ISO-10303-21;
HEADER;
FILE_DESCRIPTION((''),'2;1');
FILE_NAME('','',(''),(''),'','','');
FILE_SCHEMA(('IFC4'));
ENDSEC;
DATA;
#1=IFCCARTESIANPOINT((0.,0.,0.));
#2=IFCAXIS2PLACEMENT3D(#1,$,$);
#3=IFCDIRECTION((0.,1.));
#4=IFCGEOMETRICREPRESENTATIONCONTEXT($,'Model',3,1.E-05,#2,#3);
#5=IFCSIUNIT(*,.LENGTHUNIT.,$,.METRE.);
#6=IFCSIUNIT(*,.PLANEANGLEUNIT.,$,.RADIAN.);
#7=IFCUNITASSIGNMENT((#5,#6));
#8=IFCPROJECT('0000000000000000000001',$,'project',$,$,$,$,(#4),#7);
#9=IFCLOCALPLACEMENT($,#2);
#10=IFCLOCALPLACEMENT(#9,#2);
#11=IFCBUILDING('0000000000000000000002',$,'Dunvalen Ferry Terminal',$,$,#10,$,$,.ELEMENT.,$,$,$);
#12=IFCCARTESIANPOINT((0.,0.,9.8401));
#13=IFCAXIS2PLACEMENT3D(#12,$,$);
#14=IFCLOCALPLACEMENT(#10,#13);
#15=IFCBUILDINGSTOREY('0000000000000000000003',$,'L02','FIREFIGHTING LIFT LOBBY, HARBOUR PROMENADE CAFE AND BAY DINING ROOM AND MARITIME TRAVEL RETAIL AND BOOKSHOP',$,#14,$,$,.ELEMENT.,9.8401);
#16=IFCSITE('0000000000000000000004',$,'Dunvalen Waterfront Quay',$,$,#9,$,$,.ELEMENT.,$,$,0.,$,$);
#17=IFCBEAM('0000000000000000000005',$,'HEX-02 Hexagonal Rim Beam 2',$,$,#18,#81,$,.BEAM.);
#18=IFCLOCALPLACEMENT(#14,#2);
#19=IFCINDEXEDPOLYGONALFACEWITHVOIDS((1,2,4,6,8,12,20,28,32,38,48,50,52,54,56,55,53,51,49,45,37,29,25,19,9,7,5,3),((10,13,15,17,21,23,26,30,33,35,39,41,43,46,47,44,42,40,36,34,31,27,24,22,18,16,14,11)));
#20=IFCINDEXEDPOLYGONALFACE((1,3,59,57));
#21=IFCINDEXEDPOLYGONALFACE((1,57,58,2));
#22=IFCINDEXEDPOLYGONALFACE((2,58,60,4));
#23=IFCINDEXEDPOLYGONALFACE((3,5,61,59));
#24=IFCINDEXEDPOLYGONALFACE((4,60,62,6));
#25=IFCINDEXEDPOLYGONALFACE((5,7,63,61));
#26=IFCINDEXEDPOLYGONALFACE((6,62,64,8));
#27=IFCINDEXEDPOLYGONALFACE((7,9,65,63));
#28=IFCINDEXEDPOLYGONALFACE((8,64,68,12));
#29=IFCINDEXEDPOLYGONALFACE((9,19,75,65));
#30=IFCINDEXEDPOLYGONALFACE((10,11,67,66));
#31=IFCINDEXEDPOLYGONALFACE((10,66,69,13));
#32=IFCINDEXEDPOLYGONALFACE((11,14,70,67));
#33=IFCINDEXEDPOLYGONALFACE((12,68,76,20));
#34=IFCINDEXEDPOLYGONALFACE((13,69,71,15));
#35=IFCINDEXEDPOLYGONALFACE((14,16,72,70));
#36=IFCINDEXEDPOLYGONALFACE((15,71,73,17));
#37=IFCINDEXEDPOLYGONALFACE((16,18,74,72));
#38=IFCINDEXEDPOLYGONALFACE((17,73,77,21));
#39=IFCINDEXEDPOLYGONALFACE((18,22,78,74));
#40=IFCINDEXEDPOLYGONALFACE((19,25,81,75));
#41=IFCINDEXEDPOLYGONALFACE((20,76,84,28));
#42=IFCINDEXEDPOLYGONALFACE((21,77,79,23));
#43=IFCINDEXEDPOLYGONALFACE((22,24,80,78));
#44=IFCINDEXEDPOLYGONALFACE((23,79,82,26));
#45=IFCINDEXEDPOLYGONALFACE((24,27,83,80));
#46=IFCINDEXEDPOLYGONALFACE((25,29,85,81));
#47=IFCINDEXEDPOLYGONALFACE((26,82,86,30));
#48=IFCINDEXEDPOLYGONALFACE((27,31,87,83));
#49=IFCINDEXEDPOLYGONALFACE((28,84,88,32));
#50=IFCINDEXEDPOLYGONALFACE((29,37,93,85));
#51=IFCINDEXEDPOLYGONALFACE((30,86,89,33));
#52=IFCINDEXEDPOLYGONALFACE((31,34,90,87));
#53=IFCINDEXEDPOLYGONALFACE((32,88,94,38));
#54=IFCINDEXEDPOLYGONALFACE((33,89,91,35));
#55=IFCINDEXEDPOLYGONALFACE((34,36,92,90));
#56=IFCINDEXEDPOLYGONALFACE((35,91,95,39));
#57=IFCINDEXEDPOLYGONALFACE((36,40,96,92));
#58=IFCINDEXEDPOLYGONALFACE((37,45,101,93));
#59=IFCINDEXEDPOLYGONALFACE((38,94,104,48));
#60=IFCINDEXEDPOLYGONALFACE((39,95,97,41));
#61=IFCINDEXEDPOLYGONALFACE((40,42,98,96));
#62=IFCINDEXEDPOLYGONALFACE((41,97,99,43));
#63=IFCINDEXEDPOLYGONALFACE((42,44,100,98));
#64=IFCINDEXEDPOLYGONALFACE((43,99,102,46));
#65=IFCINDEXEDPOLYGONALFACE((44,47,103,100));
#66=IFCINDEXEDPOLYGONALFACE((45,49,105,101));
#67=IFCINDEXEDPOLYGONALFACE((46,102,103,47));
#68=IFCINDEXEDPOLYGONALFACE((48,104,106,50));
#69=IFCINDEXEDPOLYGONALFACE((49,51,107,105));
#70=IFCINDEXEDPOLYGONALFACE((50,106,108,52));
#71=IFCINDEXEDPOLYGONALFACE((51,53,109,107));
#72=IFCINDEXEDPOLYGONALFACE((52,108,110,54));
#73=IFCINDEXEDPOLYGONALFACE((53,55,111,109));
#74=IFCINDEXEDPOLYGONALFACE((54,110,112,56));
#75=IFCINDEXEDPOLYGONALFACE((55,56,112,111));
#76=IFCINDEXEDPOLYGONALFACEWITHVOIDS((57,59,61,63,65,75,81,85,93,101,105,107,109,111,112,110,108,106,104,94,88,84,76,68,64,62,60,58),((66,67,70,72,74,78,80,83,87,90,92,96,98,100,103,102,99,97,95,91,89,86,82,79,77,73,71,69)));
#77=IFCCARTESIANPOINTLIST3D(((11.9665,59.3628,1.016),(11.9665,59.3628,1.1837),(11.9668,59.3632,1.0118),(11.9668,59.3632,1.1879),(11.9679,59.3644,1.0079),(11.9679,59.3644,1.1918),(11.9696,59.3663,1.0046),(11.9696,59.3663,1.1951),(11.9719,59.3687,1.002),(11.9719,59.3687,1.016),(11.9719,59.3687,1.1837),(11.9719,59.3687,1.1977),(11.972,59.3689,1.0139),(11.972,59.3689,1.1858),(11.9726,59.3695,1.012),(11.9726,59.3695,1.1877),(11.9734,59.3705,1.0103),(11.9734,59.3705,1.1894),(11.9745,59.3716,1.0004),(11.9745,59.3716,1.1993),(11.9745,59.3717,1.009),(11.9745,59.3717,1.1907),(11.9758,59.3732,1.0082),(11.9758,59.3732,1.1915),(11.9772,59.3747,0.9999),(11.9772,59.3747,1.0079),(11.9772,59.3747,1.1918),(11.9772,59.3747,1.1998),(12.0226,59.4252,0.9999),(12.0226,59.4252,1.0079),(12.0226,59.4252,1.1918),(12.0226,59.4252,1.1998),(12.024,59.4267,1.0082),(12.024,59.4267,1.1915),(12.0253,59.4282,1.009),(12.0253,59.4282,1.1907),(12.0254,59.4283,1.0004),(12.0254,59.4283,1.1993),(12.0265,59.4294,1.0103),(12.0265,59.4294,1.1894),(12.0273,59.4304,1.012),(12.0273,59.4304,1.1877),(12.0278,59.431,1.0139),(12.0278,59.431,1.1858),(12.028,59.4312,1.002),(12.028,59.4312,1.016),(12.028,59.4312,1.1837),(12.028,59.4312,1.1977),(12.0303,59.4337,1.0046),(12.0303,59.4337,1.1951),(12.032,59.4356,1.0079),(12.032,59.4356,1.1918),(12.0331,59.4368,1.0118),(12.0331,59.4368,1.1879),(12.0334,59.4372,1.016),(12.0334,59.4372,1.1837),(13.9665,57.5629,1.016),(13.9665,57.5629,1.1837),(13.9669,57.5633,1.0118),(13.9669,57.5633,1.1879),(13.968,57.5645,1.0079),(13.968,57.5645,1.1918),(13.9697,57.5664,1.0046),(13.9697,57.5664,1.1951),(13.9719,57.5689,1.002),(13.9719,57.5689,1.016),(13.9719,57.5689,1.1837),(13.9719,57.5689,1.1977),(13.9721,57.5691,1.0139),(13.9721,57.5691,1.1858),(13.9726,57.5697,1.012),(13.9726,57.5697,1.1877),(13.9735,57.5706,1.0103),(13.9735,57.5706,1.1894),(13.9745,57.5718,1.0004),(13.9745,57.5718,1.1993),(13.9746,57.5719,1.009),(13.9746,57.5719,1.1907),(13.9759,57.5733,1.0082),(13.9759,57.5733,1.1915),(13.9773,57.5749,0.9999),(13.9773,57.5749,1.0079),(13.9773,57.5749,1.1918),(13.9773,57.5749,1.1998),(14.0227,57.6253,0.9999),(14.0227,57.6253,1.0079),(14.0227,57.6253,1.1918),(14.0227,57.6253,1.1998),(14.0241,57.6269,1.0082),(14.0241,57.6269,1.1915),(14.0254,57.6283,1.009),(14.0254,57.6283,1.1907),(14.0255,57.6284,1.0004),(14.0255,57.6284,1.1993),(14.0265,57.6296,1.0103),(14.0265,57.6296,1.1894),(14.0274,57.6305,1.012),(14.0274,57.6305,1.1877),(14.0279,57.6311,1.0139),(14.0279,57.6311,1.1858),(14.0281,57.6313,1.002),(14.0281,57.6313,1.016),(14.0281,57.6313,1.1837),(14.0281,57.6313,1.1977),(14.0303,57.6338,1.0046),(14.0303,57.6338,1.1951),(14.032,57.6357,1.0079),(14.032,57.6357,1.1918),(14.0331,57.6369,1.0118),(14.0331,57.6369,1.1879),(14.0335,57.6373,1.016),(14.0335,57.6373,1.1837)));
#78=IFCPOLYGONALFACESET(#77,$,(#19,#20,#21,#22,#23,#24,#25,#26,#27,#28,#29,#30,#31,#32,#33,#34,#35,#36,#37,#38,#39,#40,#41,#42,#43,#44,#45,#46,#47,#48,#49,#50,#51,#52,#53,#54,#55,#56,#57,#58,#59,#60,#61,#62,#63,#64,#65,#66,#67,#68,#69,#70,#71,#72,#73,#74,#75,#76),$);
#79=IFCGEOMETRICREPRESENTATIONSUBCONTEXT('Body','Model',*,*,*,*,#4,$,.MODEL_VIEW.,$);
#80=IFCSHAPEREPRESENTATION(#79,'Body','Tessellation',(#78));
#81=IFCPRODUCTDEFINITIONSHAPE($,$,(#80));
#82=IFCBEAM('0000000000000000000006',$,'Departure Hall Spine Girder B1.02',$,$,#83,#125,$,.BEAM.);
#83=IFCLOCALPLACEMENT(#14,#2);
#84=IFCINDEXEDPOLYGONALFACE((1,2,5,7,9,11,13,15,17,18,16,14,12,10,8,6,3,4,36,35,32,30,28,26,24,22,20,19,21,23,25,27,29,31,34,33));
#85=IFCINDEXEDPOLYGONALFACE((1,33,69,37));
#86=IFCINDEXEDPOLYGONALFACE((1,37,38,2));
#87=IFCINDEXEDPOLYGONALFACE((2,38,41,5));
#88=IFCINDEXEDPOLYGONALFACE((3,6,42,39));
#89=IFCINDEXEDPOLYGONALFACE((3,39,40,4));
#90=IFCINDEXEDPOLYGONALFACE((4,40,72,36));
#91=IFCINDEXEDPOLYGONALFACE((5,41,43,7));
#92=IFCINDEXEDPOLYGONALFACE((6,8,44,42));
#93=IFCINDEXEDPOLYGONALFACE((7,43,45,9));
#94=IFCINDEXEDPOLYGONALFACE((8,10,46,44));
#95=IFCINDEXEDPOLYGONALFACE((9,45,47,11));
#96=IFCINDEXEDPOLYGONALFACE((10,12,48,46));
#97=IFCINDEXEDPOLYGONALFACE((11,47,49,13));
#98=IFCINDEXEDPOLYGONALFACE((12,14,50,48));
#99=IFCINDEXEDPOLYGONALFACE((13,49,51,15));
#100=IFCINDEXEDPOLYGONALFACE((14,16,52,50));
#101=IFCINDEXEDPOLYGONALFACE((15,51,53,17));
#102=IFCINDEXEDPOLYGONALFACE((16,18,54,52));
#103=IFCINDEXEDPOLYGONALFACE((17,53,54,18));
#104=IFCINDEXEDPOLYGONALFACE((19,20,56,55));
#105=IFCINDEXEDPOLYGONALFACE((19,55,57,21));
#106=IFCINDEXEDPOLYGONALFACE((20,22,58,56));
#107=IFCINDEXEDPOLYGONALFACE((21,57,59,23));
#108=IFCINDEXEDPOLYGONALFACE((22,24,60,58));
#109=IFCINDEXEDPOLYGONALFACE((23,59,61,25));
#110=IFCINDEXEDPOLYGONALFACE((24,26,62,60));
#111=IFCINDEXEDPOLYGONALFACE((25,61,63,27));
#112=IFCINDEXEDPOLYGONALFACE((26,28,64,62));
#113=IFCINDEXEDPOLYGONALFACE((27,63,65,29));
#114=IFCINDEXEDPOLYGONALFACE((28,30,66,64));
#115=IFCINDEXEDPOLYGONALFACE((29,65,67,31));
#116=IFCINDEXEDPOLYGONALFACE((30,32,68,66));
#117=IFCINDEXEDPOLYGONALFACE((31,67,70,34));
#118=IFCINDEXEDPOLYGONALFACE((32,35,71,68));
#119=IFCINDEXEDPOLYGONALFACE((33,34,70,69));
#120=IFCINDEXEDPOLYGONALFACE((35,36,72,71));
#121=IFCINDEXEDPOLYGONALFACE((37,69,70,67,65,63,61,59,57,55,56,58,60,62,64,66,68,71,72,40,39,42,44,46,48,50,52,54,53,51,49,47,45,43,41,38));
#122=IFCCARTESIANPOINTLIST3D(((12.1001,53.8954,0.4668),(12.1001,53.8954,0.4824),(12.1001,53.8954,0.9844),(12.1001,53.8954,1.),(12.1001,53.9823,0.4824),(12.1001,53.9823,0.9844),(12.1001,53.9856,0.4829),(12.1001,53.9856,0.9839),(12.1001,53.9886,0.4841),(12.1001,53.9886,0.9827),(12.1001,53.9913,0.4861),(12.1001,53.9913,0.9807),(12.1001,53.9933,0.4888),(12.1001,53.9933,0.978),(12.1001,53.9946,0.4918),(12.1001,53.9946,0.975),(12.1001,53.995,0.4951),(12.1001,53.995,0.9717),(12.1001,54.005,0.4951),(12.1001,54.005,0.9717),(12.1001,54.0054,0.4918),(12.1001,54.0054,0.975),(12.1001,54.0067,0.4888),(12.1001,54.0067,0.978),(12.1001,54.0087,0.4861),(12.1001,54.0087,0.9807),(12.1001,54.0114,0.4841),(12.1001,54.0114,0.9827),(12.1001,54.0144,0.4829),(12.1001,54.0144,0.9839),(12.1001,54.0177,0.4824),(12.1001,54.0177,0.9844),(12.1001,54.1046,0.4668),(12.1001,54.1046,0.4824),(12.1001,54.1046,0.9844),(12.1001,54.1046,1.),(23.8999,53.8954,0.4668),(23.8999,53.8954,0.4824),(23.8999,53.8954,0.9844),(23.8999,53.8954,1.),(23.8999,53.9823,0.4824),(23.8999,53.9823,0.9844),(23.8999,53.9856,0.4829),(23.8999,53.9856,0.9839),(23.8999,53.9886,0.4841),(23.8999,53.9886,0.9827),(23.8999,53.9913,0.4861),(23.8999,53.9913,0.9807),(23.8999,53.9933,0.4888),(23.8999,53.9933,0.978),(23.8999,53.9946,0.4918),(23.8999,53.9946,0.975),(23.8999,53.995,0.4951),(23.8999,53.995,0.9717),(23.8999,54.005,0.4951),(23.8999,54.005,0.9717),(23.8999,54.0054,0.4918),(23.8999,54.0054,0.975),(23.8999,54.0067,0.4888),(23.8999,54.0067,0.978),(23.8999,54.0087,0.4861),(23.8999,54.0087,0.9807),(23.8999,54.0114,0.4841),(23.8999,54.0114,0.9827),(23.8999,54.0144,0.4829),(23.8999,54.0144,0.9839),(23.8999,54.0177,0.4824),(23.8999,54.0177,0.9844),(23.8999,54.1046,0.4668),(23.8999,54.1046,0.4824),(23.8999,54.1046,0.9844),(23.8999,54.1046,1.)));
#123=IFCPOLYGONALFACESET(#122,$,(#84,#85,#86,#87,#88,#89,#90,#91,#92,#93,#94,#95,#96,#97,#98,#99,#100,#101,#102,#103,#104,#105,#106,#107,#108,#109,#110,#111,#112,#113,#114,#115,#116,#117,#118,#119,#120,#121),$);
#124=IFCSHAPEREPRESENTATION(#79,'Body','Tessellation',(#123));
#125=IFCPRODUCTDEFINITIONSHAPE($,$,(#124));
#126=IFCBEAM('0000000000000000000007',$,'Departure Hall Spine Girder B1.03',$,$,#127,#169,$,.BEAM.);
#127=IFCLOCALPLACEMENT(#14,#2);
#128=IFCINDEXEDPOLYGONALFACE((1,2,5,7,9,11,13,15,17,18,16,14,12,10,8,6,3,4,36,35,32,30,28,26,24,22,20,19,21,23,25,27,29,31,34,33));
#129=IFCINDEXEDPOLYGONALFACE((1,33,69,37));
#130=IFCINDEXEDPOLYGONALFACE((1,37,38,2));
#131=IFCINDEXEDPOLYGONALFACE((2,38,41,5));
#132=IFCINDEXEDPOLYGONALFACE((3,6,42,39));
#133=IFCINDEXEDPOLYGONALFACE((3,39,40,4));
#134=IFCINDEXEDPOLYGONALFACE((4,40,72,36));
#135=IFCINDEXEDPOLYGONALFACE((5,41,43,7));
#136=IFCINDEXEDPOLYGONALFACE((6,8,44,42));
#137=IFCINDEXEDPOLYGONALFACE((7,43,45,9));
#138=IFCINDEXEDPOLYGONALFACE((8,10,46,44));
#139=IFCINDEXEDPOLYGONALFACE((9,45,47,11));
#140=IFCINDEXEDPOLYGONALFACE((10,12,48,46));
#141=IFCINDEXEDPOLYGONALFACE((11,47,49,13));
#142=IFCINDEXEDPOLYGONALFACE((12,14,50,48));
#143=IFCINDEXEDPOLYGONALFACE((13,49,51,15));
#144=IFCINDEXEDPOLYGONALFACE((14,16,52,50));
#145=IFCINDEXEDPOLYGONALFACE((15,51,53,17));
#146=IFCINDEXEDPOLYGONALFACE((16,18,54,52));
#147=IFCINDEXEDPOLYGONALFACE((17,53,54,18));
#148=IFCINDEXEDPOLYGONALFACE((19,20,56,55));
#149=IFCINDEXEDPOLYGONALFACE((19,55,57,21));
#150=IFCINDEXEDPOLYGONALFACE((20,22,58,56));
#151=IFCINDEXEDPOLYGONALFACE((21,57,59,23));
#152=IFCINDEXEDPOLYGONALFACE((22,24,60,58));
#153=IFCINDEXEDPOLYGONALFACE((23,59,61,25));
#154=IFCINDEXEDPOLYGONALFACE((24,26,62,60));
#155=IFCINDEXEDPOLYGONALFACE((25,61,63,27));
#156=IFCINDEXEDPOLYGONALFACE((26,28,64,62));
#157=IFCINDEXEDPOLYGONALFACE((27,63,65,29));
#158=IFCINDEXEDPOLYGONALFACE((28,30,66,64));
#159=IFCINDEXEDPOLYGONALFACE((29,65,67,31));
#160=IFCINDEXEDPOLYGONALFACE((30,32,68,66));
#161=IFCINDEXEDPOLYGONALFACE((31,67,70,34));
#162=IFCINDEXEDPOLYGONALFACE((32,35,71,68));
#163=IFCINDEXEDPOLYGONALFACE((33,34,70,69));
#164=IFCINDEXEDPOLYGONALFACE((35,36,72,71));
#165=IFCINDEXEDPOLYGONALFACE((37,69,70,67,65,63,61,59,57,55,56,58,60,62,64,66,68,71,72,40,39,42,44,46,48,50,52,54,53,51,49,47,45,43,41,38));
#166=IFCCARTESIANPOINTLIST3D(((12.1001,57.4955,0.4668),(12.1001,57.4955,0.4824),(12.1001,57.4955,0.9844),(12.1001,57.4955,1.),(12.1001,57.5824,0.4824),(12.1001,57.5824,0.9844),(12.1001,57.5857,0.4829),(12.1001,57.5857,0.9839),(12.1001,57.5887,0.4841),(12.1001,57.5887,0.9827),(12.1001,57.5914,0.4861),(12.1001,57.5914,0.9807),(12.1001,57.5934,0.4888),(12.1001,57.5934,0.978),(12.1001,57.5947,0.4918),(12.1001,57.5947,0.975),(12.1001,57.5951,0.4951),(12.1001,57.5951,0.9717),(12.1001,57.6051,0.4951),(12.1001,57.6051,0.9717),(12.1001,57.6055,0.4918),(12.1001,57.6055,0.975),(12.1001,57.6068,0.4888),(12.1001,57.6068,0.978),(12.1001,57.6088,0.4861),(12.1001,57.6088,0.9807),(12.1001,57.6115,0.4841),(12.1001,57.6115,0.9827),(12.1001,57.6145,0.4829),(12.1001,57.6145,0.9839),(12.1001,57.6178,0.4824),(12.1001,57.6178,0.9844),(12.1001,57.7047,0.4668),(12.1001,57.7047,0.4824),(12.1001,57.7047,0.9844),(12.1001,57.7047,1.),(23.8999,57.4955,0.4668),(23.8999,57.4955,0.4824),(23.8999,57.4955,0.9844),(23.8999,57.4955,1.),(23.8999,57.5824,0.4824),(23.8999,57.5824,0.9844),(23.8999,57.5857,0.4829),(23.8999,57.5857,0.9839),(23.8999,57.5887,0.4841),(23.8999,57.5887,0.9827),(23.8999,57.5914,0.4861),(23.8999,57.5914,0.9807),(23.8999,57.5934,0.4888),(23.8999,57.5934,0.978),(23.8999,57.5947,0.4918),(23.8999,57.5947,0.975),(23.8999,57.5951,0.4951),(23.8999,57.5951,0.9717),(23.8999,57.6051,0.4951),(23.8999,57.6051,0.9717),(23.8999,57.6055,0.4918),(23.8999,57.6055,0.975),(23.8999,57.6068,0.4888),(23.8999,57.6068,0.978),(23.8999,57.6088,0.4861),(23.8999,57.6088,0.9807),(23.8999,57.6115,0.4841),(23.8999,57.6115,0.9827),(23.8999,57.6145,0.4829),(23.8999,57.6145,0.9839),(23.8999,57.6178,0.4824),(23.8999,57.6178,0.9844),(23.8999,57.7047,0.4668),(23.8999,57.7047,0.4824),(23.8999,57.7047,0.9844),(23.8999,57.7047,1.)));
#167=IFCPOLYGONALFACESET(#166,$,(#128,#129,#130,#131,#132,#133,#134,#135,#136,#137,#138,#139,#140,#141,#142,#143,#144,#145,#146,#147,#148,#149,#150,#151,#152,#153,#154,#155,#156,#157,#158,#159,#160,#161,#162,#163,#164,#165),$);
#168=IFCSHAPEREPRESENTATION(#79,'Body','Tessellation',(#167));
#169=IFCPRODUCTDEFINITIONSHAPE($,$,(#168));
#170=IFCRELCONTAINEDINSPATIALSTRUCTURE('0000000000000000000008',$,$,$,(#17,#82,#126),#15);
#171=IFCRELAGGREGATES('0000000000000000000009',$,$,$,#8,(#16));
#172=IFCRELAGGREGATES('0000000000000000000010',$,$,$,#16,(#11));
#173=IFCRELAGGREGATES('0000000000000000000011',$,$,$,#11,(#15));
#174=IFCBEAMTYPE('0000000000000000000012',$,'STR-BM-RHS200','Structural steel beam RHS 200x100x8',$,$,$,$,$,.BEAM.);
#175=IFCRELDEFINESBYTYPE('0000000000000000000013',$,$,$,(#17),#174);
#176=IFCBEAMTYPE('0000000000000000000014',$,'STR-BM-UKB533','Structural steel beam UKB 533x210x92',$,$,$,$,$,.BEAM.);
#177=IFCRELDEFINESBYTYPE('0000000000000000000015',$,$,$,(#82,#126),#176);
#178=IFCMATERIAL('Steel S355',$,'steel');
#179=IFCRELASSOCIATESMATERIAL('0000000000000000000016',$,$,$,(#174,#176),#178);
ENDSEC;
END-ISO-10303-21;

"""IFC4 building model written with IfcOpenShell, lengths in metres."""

from ifc_helpers import new_model, si_unit, direction, frame, origin, origin_2d, place, context, subcontext, project, spatial, hollow_rectangle, i_section, extrude, material, material_profile, profile_set, type_object, element, save


model = new_model("IFC4")

# Units and contexts
model_context = context("Model", 3, precision=1e-05, world=origin(), true_north=direction((0.0, 1.0)))
body_context = subcontext(model_context, "Body", "Model", "MODEL_VIEW")
ifc_project = project(units=[si_unit("LENGTHUNIT", "METRE"), si_unit("PLANEANGLEUNIT", "RADIAN")], contexts=[model_context])

# Site, building, storey
site_placement = place(None, origin())
site = spatial("IfcSite", under=ifc_project, at=site_placement, Name="Dunvalen Waterfront Quay", CompositionType="ELEMENT", RefElevation=0.0)
building_placement = place(site_placement, origin())
building = spatial("IfcBuilding", under=site, at=building_placement, Name="Dunvalen Ferry Terminal", CompositionType="ELEMENT")
storey_placement = place(building_placement, frame((0.0, 0.0, 9.8401)))
storey = spatial("IfcBuildingStorey", under=building, at=storey_placement, Name="L02", Description="FIREFIGHTING LIFT LOBBY, HARBOUR PROMENADE CAFE AND BAY DINING ROOM AND MARITIME TRAVEL RETAIL AND BOOKSHOP", CompositionType="ELEMENT", Elevation=9.8401)

# Beams
ifc_material_1 = material(Name="Steel S355", Category="steel")
ifc_material_profile_1 = material_profile(ifc_material_1, hollow_rectangle(XDim=0.1001, YDim=0.2, WallThickness=0.0081, InnerFilletRadius=0.0081, OuterFilletRadius=0.0161, at=origin_2d()), Name="Steel S355")
ifc_profile_set_1 = profile_set([ifc_material_profile_1], Name="Steel S355")
beam_type_1 = type_object("IfcBeamType", Name="STR-BM-RHS200", Description="Structural steel beam RHS 200x100x8", PredefinedType="BEAM", material=ifc_profile_set_1)
beam_placement = place(storey_placement, frame((14.0, 57.6001, 1.0999), z_axis=(-0.74333, 0.668925, 0.0), x_axis=(-0.668925, -0.74333, 0.0)))
element("IfcBeam", 1, at=beam_placement, inside=storey, type_object=beam_type_1, Name="HEX-02 Hexagonal Rim Beam 2", PredefinedType="BEAM", context=body_context, shape_type="SweptSolid", body=[
    extrude(hollow_rectangle(XDim=0.1001, YDim=0.2, WallThickness=0.0081, InnerFilletRadius=0.0081, OuterFilletRadius=0.0161, at=origin_2d()), origin(), (0.0, 0.0, 1.0), 2.6907),
])
ifc_material_profile_2 = material_profile(ifc_material_1, i_section(OverallWidth=0.2092, OverallDepth=0.5332, WebThickness=0.01, FlangeThickness=0.0156, FilletRadius=0.0127, at=origin_2d()), Name="Steel S355")
ifc_profile_set_2 = profile_set([ifc_material_profile_2], Name="Steel S355")
beam_type_2 = type_object("IfcBeamType", Name="STR-BM-UKB533", Description="Structural steel beam UKB 533x210x92", PredefinedType="BEAM", material=ifc_profile_set_2)
for number, where, z_axis, x_axis, name in (
    (2, (12.1001, 54.0, 0.7334), (1.0, 0.0, 0.0), (0.0, 1.0, 0.0), "Departure Hall Spine Girder B1.02"),
    (3, (12.1001, 57.6001, 0.7334), (1.0, 0.0, 0.0), (0.0, 1.0, 0.0), "Departure Hall Spine Girder B1.03"),
):
    element("IfcBeam", number, at=place(storey_placement, frame(where, z_axis=z_axis, x_axis=x_axis)), inside=storey, type_object=beam_type_2, Name=name, PredefinedType="BEAM", context=body_context, shape_type="SweptSolid", body=[
        extrude(i_section(OverallWidth=0.2092, OverallDepth=0.5332, WebThickness=0.01, FlangeThickness=0.0156, FilletRadius=0.0127, at=origin_2d()), origin(), (0.0, 0.0, 1.0), 11.7998),
    ])

save(model, "model.ifc")
